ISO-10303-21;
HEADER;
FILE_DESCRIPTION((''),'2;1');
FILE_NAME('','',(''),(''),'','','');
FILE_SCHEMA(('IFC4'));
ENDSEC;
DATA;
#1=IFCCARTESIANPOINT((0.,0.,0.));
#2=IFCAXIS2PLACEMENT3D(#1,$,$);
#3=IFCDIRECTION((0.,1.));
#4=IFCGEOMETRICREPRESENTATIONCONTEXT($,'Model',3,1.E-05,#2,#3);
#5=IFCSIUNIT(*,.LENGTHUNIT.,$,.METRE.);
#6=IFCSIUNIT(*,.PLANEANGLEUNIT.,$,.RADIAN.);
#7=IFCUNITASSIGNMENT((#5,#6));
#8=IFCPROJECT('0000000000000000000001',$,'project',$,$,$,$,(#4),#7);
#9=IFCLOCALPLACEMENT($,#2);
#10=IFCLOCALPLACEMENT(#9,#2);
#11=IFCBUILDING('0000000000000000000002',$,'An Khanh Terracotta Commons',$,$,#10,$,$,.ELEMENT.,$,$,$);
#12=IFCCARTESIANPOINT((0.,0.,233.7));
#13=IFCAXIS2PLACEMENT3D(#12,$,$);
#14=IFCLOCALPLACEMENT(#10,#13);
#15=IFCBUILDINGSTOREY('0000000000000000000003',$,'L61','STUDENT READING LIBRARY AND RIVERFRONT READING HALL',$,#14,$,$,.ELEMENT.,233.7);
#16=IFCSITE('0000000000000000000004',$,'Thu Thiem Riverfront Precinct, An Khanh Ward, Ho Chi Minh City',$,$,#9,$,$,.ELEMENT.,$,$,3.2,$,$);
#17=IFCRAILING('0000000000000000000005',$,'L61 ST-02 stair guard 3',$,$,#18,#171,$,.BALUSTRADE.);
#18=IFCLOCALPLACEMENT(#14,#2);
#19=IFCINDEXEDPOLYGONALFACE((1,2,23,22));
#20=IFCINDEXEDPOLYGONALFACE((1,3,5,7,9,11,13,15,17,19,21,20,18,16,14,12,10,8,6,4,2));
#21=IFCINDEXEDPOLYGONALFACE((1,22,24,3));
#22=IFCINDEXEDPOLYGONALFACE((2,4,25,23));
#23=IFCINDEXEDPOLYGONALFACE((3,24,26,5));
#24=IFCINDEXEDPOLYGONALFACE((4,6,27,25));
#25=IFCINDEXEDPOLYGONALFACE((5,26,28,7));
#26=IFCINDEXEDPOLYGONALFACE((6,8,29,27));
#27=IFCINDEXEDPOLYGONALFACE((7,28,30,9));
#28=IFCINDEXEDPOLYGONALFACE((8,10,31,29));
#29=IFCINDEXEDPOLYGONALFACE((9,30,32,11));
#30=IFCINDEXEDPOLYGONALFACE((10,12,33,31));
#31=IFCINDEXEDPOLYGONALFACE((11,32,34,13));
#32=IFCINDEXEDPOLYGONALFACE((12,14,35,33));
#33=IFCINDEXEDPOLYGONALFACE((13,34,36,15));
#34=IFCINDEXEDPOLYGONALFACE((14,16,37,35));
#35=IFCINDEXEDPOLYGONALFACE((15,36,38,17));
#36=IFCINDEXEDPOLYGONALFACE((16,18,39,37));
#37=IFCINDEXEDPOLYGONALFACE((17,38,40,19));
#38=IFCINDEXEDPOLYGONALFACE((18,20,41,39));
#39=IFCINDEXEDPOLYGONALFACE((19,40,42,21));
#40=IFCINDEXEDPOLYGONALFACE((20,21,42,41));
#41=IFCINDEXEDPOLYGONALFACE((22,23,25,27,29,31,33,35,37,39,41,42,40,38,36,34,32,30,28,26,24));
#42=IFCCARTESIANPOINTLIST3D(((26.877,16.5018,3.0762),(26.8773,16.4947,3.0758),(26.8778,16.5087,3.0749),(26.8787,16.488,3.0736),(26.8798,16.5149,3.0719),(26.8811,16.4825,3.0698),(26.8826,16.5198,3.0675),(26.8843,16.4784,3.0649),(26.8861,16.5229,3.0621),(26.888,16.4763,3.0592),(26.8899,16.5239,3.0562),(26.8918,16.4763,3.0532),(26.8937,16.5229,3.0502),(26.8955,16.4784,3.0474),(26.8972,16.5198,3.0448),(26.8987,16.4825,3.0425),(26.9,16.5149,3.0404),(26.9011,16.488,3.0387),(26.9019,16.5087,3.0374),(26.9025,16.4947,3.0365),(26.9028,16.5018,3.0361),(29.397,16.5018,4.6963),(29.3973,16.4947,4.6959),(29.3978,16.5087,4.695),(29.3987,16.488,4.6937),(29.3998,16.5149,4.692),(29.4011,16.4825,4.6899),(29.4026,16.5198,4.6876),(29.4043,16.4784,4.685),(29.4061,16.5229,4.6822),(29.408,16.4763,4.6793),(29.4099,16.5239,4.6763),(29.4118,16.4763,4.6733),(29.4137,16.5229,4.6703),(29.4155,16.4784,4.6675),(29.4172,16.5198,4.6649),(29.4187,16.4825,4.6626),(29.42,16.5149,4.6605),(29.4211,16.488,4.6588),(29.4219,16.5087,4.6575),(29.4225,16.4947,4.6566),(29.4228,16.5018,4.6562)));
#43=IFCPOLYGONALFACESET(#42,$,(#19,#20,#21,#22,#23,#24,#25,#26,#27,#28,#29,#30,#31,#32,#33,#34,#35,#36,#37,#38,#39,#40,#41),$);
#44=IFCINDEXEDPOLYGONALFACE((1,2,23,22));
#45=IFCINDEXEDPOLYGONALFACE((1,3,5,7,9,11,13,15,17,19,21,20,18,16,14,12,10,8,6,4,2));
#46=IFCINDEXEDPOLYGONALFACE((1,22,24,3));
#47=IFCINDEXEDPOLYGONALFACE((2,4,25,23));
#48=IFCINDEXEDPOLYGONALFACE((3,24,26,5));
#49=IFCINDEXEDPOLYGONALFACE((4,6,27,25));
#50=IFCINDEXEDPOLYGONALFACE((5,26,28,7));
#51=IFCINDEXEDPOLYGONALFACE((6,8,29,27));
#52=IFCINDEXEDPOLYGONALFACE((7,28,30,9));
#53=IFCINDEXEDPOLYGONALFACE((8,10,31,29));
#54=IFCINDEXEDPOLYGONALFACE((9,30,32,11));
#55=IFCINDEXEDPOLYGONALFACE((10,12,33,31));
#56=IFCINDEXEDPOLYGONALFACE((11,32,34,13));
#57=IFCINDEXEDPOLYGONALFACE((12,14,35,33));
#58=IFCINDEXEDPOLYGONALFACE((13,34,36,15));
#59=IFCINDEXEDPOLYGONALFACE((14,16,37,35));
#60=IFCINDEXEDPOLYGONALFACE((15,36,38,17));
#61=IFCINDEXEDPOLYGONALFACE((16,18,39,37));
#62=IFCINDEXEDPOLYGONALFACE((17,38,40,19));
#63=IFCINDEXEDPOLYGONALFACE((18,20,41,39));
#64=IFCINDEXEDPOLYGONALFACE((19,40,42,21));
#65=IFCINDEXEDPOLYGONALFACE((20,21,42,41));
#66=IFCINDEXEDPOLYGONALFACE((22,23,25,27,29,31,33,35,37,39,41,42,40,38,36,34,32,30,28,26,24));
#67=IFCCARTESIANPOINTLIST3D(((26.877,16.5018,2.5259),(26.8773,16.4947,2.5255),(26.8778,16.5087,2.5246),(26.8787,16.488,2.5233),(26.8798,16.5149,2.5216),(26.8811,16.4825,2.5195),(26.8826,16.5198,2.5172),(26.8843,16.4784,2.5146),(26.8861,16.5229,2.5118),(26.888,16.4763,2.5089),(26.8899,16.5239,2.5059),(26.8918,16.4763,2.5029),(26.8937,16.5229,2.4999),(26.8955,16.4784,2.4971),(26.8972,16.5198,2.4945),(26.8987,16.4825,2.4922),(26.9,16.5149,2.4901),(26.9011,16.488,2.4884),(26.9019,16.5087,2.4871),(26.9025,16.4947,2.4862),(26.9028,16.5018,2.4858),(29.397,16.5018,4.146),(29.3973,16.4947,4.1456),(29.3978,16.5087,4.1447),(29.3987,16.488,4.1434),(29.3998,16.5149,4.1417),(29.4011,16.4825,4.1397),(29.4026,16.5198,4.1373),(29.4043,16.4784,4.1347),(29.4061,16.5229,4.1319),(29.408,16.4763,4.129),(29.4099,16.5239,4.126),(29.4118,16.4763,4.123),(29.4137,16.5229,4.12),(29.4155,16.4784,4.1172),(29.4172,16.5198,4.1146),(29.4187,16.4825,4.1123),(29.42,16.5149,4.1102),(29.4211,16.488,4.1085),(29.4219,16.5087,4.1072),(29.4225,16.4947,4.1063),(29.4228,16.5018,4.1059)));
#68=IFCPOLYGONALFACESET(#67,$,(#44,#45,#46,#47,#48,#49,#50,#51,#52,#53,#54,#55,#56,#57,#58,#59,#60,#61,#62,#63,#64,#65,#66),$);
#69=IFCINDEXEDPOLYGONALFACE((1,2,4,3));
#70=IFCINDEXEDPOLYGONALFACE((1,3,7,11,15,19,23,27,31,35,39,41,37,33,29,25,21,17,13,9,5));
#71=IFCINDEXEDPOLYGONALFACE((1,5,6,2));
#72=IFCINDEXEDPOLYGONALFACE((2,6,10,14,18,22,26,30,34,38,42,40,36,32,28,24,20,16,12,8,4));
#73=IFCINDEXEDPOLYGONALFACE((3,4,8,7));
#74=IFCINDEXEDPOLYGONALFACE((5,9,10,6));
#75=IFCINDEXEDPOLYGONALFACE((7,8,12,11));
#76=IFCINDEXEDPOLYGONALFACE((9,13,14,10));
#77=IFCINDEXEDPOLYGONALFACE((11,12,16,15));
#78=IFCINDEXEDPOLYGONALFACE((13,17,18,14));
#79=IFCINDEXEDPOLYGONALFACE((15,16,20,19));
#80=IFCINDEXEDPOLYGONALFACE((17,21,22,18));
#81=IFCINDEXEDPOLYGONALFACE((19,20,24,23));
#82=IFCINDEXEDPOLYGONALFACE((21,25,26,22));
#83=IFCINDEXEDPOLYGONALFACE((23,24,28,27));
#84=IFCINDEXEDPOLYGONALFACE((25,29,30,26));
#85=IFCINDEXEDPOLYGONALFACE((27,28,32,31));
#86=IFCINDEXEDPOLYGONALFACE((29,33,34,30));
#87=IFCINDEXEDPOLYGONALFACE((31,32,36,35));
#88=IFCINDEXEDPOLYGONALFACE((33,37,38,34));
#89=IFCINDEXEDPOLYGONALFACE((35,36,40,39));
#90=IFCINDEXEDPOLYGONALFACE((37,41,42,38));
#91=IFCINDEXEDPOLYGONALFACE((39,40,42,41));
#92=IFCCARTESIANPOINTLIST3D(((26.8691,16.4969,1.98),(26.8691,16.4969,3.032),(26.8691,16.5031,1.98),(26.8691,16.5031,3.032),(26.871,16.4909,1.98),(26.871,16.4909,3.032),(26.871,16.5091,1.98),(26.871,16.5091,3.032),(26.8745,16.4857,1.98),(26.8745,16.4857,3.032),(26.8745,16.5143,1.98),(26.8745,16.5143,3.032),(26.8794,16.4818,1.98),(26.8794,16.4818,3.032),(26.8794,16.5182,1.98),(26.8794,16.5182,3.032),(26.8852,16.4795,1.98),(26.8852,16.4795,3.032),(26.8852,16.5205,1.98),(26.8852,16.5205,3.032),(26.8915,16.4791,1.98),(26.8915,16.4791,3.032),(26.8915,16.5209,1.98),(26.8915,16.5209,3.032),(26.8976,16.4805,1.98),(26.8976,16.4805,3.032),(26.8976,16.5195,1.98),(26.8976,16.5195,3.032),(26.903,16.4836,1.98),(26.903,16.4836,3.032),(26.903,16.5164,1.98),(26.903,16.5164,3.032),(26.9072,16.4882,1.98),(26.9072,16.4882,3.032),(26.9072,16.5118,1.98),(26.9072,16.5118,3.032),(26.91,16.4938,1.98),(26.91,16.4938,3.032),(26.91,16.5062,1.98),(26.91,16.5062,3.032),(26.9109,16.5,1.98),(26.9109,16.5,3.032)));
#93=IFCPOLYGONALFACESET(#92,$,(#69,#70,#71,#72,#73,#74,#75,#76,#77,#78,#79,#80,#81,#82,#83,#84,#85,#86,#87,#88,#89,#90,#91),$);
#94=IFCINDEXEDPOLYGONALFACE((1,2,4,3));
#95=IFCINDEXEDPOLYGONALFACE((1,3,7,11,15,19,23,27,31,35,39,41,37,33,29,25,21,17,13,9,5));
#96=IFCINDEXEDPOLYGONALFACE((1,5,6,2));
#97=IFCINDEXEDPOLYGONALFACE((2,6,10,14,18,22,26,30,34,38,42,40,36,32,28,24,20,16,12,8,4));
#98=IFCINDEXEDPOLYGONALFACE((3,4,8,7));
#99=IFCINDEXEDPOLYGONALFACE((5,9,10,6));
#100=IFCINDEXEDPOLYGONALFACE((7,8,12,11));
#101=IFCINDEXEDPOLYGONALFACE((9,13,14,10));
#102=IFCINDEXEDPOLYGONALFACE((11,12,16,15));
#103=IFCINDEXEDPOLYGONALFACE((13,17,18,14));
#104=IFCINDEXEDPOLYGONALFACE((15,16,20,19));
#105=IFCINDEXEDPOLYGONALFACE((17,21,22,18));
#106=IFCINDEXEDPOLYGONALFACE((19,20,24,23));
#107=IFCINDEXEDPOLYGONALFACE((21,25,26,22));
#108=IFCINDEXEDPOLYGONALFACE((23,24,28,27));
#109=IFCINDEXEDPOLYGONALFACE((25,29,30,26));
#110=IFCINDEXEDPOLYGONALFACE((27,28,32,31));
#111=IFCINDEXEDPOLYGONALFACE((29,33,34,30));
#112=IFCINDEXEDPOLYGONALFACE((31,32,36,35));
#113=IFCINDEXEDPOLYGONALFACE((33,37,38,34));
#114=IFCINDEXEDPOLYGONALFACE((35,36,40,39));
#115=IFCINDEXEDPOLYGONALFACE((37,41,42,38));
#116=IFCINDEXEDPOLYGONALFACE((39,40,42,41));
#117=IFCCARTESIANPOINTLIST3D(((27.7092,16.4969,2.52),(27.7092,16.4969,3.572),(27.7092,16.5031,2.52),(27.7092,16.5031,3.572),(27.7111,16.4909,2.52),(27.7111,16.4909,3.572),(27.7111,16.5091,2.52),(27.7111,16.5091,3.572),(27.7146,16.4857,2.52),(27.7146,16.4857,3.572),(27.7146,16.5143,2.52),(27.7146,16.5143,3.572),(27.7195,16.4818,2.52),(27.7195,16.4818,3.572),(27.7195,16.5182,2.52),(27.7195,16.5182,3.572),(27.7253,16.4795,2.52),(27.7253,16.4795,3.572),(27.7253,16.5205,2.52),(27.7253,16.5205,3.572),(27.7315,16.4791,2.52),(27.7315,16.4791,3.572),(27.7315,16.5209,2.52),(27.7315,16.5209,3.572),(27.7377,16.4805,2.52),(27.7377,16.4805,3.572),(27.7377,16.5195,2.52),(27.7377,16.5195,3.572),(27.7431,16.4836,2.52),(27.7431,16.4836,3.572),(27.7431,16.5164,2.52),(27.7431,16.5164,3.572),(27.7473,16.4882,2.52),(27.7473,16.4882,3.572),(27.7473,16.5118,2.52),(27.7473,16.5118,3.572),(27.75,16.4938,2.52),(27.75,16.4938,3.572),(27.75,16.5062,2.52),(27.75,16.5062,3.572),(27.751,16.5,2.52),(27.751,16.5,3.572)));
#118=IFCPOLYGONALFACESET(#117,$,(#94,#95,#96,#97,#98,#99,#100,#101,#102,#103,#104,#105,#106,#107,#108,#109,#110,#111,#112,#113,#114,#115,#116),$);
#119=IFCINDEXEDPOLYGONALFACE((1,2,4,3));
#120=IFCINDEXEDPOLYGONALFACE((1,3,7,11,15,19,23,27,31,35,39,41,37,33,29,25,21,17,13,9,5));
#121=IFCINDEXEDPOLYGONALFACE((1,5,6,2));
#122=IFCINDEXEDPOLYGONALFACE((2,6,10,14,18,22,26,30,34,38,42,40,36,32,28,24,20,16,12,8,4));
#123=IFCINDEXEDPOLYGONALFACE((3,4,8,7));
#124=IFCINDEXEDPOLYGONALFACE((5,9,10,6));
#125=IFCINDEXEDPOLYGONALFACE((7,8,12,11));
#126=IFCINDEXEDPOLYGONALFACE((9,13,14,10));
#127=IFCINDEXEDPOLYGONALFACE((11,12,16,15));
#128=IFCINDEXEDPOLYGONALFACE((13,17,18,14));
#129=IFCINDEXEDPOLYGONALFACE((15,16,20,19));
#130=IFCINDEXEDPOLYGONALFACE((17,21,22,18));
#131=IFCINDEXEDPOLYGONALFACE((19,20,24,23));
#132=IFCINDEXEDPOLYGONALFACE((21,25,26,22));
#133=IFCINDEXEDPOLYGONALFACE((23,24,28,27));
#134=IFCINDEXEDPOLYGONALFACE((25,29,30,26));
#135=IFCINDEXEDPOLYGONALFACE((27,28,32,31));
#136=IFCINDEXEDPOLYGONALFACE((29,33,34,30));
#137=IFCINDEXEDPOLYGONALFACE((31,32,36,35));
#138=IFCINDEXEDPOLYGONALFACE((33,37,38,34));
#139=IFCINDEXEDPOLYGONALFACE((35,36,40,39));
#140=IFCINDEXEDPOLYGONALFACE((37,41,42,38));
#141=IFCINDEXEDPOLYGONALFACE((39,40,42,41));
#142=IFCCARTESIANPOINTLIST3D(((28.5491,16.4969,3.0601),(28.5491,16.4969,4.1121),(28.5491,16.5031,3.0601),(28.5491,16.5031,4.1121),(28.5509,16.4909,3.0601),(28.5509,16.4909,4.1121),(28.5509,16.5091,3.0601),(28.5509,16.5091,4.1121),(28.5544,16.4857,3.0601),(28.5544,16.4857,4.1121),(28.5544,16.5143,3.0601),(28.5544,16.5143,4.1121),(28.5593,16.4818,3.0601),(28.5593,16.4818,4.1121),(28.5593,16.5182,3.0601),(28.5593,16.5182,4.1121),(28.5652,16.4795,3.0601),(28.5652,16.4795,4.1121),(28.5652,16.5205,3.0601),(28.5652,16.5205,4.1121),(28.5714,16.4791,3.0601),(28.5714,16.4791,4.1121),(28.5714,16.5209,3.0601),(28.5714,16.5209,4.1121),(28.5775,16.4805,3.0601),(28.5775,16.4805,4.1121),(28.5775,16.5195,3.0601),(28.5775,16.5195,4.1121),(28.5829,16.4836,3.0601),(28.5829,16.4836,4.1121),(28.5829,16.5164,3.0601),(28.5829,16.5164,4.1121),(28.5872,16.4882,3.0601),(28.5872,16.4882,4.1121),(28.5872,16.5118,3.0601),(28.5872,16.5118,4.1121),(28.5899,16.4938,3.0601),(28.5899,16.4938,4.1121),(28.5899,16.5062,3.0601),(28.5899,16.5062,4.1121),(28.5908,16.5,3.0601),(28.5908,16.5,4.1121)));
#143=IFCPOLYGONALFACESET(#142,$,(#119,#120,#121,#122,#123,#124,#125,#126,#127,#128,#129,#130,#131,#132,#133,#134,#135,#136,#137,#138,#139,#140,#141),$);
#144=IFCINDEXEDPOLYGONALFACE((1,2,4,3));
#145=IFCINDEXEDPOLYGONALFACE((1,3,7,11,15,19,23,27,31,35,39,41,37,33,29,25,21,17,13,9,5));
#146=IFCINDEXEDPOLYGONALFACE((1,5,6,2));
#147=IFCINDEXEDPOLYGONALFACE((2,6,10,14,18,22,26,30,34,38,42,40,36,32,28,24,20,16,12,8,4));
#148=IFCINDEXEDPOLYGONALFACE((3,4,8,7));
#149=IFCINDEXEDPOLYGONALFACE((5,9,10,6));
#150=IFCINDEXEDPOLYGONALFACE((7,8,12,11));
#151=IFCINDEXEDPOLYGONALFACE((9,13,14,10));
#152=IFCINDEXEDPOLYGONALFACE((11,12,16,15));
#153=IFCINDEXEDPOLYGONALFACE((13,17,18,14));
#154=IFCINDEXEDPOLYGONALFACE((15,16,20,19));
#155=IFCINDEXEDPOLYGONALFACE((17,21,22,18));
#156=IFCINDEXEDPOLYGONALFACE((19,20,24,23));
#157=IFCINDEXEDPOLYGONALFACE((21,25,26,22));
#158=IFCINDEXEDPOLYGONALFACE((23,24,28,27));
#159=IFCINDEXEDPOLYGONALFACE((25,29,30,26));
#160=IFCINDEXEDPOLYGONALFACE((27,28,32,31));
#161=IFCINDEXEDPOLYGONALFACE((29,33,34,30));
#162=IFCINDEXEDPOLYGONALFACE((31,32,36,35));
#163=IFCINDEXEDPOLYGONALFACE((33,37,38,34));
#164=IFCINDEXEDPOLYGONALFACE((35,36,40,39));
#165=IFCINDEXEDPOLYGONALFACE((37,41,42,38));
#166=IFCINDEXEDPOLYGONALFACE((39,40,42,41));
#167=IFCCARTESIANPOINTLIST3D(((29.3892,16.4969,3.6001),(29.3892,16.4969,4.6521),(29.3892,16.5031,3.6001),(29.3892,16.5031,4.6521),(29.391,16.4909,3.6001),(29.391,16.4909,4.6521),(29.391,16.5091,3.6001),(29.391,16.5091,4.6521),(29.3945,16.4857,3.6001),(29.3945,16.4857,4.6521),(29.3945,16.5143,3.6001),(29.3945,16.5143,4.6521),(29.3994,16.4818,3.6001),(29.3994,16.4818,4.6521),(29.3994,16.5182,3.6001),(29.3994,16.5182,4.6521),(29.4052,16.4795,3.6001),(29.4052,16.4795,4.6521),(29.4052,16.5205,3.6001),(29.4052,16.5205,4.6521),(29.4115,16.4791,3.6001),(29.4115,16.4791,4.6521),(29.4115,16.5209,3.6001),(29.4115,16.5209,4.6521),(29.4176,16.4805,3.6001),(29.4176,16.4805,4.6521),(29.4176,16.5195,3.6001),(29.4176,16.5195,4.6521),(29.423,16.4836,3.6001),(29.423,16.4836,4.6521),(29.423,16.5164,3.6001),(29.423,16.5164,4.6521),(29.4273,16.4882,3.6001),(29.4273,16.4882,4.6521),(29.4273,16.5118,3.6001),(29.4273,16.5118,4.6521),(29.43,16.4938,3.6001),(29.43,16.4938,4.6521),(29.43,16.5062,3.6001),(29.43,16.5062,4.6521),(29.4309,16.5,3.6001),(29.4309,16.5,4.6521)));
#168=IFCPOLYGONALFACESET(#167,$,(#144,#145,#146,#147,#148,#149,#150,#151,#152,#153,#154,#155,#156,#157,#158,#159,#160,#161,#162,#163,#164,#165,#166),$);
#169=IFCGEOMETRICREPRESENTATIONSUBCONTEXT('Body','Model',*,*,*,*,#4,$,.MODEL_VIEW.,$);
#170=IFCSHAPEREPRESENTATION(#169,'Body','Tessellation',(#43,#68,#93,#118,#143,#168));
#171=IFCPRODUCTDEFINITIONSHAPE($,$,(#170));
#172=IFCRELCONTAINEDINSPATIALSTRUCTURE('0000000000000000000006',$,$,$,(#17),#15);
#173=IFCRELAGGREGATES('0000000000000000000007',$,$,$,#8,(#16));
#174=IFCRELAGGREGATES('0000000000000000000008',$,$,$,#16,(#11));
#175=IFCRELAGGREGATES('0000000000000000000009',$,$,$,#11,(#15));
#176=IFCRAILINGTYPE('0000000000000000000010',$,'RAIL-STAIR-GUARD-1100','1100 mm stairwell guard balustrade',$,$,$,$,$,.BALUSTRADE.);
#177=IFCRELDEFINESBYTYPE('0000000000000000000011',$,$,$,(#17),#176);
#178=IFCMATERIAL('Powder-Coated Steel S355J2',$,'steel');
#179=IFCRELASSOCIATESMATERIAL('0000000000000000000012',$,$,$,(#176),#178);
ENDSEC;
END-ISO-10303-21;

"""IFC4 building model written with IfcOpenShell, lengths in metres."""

from ifc_helpers import new_model, si_unit, direction, frame, origin, origin_2d, place, context, subcontext, project, spatial, circle, extrude, material, type_object, element, save


model = new_model("IFC4")

# Units and contexts
model_context = context("Model", 3, precision=1e-05, world=origin(), true_north=direction((0.0, 1.0)))
body_context = subcontext(model_context, "Body", "Model", "MODEL_VIEW")
ifc_project = project(units=[si_unit("LENGTHUNIT", "METRE"), si_unit("PLANEANGLEUNIT", "RADIAN")], contexts=[model_context])

# Site, building, storey
site_placement = place(None, origin())
site = spatial("IfcSite", under=ifc_project, at=site_placement, Name="Thu Thiem Riverfront Precinct, An Khanh Ward, Ho Chi Minh City", CompositionType="ELEMENT", RefElevation=3.2)
building_placement = place(site_placement, origin())
building = spatial("IfcBuilding", under=site, at=building_placement, Name="An Khanh Terracotta Commons", CompositionType="ELEMENT")
storey_placement = place(building_placement, frame((0.0, 0.0, 233.7)))
storey = spatial("IfcBuildingStorey", under=building, at=storey_placement, Name="L61", Description="STUDENT READING LIBRARY AND RIVERFRONT READING HALL", CompositionType="ELEMENT", Elevation=233.7)

# Railing
ifc_material_1 = material(Name="Powder-Coated Steel S355J2", Category="steel")
railing_type_1 = type_object("IfcRailingType", Name="RAIL-STAIR-GUARD-1100", Description="1100 mm stairwell guard balustrade", PredefinedType="BALUSTRADE", material=ifc_material_1)
railing_1_placement = place(storey_placement, frame((26.8899, 16.5, 1.98)))
element("IfcRailing", 1, at=railing_1_placement, inside=storey, type_object=railing_type_1, Name="L61 ST-02 stair guard 3", PredefinedType="BALUSTRADE", context=body_context, shape_type="SweptSolid", body=[
    extrude(circle(Radius=0.0239, at=origin_2d()), frame((0.0, 0.0, 1.0762), z_axis=(0.841163, 0.0, 0.540782), x_axis=(0.0, 1.0, 0.0)), (0.0, 0.0, 1.0), 2.9958),
    extrude(circle(Radius=0.0239, at=origin_2d()), frame((0.0, 0.0, 0.5259), z_axis=(0.841163, 0.0, 0.540782), x_axis=(0.0, 1.0, 0.0)), (0.0, 0.0, 1.0), 2.9958),
    extrude(circle(Radius=0.021, at=origin_2d()), origin(), (0.0, 0.0, 1.0), 1.052),
    extrude(circle(Radius=0.021, at=origin_2d()), frame((0.8401, 0.0, 0.54)), (0.0, 0.0, 1.0), 1.052),
    extrude(circle(Radius=0.021, at=origin_2d()), frame((1.6799, 0.0, 1.0801)), (0.0, 0.0, 1.0), 1.052),
    extrude(circle(Radius=0.021, at=origin_2d()), frame((2.52, 0.0, 1.6201)), (0.0, 0.0, 1.0), 1.052),
])

save(model, "model.ifc")
